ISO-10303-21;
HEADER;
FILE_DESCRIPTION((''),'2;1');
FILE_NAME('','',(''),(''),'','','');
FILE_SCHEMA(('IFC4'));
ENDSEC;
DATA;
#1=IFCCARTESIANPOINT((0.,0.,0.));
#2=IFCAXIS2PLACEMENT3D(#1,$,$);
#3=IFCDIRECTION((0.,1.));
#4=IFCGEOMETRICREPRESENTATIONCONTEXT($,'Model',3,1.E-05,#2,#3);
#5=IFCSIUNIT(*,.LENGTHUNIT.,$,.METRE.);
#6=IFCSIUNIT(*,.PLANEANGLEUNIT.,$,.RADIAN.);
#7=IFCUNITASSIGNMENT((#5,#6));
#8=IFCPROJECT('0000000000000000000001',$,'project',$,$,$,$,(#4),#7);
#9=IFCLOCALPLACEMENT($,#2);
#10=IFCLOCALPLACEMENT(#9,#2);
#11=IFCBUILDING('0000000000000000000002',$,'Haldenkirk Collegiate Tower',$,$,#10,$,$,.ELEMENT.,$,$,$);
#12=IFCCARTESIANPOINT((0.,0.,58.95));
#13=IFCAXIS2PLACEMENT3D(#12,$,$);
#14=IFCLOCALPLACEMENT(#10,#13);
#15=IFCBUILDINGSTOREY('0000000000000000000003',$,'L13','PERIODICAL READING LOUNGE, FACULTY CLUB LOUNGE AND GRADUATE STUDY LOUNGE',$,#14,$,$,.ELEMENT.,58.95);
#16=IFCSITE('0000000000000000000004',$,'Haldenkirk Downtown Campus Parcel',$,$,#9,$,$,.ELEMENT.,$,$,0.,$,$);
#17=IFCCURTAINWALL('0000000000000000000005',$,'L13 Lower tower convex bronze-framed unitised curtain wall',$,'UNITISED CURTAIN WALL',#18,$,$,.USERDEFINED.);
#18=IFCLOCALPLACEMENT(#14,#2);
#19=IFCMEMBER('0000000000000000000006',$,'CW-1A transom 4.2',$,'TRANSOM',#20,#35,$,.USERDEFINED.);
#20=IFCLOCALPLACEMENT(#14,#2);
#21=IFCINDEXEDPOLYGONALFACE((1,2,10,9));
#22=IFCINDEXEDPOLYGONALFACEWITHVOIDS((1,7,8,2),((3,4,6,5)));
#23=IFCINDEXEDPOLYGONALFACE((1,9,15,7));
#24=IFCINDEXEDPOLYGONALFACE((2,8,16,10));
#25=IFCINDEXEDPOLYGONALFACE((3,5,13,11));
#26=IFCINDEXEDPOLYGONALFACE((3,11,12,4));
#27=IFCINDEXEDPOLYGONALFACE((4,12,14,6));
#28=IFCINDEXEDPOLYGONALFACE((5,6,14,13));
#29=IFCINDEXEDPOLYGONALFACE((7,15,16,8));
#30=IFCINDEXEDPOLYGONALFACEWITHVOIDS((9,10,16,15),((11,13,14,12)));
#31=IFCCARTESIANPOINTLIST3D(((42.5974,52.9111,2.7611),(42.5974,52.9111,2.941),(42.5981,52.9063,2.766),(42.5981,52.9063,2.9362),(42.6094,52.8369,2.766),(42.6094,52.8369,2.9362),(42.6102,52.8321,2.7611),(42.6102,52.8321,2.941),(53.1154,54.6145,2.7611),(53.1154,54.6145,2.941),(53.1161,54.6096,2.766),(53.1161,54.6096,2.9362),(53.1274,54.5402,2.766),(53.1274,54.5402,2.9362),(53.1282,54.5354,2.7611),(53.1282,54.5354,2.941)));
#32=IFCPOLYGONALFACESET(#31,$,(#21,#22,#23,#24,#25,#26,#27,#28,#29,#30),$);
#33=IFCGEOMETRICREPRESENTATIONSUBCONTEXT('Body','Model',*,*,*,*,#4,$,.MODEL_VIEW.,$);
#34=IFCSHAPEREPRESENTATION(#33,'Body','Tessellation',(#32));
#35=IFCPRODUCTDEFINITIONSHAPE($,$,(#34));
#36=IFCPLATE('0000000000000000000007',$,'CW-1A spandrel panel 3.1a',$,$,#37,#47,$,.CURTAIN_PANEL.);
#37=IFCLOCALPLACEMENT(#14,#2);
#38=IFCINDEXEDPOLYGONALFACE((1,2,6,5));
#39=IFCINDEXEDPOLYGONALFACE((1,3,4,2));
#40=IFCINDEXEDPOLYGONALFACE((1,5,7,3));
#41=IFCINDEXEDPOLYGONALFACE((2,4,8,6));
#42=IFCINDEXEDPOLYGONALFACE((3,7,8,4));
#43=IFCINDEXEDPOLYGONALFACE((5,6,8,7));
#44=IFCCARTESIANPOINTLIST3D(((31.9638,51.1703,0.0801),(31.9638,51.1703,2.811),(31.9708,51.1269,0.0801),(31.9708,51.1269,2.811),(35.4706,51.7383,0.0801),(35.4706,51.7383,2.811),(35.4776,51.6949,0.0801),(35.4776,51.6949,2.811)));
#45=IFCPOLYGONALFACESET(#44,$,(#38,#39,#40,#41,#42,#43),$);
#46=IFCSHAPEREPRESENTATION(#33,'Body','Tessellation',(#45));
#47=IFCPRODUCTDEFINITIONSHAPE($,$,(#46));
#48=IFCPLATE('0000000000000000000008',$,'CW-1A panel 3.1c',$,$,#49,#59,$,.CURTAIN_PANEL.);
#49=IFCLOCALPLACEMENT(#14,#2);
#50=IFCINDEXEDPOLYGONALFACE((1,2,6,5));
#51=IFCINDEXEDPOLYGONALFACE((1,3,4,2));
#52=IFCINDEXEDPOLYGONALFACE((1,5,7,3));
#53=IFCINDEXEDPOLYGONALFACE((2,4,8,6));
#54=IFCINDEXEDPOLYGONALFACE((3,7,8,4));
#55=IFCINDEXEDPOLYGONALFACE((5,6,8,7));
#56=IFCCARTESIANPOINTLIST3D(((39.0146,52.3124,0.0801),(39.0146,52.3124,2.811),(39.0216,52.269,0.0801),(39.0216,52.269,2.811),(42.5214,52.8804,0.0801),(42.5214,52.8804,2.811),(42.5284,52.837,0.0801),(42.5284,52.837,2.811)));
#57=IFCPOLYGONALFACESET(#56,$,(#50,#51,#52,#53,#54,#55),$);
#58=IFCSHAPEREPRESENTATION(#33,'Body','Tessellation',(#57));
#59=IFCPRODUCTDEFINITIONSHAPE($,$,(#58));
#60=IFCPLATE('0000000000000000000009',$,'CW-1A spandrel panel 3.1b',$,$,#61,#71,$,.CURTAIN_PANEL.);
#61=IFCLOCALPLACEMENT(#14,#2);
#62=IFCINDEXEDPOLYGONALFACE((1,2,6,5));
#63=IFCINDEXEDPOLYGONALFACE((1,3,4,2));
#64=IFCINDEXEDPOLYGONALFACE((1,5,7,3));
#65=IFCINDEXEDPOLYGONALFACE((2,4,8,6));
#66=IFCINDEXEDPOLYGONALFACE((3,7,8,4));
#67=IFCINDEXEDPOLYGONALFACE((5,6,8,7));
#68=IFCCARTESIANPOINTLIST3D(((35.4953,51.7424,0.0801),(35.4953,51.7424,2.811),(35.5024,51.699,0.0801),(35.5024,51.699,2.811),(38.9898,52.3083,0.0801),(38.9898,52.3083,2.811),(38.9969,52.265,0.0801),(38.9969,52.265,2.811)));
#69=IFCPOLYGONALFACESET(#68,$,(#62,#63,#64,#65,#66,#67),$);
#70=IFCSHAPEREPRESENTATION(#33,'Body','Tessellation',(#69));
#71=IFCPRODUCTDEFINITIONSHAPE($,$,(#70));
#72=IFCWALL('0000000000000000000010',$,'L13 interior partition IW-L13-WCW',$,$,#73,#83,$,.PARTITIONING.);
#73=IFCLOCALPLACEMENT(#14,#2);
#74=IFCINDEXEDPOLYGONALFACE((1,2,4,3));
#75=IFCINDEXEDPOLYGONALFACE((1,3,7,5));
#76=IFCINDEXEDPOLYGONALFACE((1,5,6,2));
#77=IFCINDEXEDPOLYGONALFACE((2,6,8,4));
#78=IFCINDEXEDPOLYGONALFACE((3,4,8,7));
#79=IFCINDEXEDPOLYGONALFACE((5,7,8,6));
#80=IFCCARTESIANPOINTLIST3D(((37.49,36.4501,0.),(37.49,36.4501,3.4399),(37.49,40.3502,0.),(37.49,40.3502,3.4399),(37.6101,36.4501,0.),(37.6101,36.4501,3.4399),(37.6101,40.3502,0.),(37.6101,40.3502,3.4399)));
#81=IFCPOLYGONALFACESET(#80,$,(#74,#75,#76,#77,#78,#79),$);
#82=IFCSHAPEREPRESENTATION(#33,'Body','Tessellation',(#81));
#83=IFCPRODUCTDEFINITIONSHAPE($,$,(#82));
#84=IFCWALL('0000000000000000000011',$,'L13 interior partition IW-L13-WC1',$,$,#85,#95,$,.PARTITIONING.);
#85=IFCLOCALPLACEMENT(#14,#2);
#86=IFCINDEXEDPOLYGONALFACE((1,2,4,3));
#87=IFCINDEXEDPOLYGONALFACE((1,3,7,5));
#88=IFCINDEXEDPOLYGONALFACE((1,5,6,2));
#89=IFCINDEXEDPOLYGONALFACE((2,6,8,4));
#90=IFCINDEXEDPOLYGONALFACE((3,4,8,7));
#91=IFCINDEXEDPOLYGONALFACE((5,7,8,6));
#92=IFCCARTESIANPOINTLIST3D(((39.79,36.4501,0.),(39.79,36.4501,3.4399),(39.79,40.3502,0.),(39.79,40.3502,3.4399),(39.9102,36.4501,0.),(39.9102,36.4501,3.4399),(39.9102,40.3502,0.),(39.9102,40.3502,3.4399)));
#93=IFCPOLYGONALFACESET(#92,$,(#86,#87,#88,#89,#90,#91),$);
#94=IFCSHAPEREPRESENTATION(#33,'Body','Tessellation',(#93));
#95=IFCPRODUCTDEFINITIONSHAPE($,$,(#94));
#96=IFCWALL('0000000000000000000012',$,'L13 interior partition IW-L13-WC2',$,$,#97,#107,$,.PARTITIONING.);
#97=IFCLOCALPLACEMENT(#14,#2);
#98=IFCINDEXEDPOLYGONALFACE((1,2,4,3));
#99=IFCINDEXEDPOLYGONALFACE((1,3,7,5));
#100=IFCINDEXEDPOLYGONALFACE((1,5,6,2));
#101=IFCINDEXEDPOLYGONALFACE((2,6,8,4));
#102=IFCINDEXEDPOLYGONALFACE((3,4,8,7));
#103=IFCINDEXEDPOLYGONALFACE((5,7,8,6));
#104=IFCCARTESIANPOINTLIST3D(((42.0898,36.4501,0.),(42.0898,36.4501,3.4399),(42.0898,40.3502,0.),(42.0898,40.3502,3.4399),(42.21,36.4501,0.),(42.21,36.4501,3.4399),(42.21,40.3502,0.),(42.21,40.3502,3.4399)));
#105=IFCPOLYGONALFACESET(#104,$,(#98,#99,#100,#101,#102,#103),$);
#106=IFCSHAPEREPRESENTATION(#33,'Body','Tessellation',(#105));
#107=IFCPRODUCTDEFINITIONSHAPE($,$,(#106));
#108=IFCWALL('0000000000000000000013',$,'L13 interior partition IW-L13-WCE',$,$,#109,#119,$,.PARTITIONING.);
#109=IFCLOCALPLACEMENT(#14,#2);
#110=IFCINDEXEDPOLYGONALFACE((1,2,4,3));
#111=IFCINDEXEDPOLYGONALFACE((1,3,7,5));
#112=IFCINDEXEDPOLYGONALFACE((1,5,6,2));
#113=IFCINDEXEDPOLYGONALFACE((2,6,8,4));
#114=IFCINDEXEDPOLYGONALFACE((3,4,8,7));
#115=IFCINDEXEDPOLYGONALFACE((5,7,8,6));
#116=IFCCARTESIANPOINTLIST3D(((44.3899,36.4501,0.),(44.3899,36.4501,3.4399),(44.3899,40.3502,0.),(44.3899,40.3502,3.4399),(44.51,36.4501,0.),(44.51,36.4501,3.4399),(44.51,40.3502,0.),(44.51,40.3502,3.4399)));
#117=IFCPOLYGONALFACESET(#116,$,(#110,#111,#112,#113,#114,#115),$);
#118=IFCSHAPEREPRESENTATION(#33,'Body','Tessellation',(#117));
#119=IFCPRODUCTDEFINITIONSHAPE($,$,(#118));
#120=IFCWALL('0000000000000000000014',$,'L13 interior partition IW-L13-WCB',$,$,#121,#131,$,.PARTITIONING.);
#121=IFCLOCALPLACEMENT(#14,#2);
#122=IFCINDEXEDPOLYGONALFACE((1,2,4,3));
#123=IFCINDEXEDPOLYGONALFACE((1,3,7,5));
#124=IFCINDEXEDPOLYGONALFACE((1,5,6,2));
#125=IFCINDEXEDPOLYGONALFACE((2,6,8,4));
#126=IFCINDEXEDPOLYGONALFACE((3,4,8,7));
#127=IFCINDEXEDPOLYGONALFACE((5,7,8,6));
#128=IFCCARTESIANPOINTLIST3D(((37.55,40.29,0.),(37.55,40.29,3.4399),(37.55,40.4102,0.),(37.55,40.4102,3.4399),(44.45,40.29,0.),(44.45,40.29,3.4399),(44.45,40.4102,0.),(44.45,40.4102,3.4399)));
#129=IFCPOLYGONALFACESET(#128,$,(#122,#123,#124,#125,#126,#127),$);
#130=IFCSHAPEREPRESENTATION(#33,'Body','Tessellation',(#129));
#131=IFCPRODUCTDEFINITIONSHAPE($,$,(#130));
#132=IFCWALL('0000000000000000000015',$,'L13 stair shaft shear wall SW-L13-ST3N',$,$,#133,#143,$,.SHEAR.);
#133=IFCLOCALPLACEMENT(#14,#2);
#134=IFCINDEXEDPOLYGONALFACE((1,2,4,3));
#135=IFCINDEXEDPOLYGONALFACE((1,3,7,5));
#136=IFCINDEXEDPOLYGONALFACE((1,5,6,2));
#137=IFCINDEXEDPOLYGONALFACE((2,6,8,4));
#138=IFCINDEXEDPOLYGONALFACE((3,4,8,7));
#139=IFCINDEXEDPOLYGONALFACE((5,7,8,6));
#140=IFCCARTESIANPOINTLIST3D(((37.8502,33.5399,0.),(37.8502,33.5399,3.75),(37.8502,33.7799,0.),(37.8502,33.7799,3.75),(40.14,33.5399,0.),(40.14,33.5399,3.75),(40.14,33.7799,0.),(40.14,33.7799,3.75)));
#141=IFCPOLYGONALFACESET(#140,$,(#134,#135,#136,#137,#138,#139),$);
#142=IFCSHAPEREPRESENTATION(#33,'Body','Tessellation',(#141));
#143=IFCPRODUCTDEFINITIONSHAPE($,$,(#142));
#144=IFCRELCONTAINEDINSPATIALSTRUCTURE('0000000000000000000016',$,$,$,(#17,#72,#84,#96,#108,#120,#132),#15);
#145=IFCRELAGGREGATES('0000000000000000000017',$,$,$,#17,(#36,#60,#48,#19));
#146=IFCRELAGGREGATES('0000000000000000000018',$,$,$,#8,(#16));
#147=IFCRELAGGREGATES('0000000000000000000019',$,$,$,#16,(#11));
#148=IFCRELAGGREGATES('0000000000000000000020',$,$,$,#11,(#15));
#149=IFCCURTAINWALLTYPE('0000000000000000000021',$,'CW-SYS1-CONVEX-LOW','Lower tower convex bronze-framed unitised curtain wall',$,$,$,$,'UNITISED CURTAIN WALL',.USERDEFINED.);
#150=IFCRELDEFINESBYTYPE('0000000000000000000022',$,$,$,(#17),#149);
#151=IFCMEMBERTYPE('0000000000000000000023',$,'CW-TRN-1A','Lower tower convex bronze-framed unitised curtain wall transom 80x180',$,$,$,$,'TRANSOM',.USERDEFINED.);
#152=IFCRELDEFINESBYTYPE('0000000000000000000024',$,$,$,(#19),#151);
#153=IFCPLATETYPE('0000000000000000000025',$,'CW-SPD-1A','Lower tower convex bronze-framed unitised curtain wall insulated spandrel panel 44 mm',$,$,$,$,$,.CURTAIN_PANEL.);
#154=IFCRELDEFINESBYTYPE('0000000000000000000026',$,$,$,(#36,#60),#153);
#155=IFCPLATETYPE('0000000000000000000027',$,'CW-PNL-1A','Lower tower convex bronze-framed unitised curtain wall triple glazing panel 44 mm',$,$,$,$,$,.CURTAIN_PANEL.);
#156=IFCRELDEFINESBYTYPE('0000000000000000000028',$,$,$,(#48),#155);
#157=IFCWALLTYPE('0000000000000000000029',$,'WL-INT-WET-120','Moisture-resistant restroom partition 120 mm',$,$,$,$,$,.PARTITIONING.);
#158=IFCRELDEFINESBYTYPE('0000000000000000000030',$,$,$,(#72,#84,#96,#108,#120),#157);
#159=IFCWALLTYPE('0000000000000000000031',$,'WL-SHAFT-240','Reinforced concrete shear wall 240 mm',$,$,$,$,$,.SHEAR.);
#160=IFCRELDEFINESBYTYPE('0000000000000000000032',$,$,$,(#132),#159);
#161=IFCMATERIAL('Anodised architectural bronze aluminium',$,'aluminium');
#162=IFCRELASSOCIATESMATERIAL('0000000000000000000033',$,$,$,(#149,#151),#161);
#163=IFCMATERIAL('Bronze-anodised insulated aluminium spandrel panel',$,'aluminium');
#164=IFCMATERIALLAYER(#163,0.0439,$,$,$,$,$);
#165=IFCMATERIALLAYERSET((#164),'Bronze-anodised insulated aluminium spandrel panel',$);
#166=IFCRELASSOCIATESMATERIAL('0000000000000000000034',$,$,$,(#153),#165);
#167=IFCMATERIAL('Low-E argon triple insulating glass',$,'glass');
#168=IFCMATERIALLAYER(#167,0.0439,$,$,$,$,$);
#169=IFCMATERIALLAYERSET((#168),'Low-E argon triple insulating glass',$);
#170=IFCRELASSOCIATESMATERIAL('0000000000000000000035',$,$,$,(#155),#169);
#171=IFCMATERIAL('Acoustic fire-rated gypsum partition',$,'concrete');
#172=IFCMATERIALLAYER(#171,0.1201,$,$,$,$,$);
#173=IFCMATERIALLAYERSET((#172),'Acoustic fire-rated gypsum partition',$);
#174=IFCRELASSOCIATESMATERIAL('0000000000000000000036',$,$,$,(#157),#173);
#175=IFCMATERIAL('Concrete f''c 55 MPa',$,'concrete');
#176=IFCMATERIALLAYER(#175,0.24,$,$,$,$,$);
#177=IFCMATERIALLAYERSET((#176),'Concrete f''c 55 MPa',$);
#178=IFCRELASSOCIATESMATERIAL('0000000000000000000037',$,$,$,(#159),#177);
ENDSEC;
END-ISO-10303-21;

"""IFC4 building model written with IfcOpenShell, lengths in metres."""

from ifc_helpers import new_model, si_unit, direction, frame, frame_2d, origin, origin_2d, place, context, subcontext, project, spatial, rectangle, hollow_rectangle, extrude, source, transform, mapped, material, layer, layer_set, material_profile, profile_set, type_object, element, aggregate, save


model = new_model("IFC4")

# Units and contexts
model_context = context("Model", 3, precision=1e-05, world=origin(), true_north=direction((0.0, 1.0)))
body_context = subcontext(model_context, "Body", "Model", "MODEL_VIEW")
ifc_project = project(units=[si_unit("LENGTHUNIT", "METRE"), si_unit("PLANEANGLEUNIT", "RADIAN")], contexts=[model_context])

# Site, building, storey
site_placement = place(None, origin())
site = spatial("IfcSite", under=ifc_project, at=site_placement, Name="Haldenkirk Downtown Campus Parcel", CompositionType="ELEMENT", RefElevation=0.0)
building_placement = place(site_placement, origin())
building = spatial("IfcBuilding", under=site, at=building_placement, Name="Haldenkirk Collegiate Tower", CompositionType="ELEMENT")
storey_placement = place(building_placement, frame((0.0, 0.0, 58.95)))
storey = spatial("IfcBuildingStorey", under=building, at=storey_placement, Name="L13", Description="PERIODICAL READING LOUNGE, FACULTY CLUB LOUNGE AND GRADUATE STUDY LOUNGE", CompositionType="ELEMENT", Elevation=58.95)

# Curtain wall, member, plates
ifc_material_1 = material(Name="Anodised architectural bronze aluminium", Category="aluminium")
curtain_wall_type = type_object("IfcCurtainWallType", Name="CW-SYS1-CONVEX-LOW", Description="Lower tower convex bronze-framed unitised curtain wall", ElementType="UNITISED CURTAIN WALL", PredefinedType="USERDEFINED", material=ifc_material_1)
curtain_wall_placement = place(storey_placement, origin())
curtain_wall = element("IfcCurtainWall", 1, at=curtain_wall_placement, inside=storey, type_object=curtain_wall_type, Name="L13 Lower tower convex bronze-framed unitised curtain wall", ObjectType="UNITISED CURTAIN WALL", PredefinedType="USERDEFINED")
ifc_material_profile_1 = material_profile(ifc_material_1, hollow_rectangle(XDim=0.0801, YDim=0.1799, WallThickness=0.0049, at=origin_2d()), Name="CW-TRN-1A")
ifc_profile_set_1 = profile_set([ifc_material_profile_1], Name="Anodised architectural bronze aluminium")
member_type_1 = type_object("IfcMemberType", Name="CW-TRN-1A", Description="Lower tower convex bronze-framed unitised curtain wall transom 80x180", ElementType="TRANSOM", PredefinedType="USERDEFINED", material=ifc_profile_set_1)
member_1_placement = place(storey_placement, frame((42.6038, 52.8716, 2.8511), z_axis=(0.987139, 0.159864, 0.0), x_axis=(-0.159864, 0.987139, 0.0)))
member_1 = element("IfcMember", 2, at=member_1_placement, type_object=member_type_1, Name="CW-1A transom 4.2", ObjectType="TRANSOM", PredefinedType="USERDEFINED", context=body_context, shape_type="SweptSolid", body=[
    extrude(hollow_rectangle(XDim=0.0801, YDim=0.1799, WallThickness=0.0049, at=origin_2d()), origin(), (0.0, 0.0, 1.0), 10.655),
])
ifc_material_2 = material(Name="Bronze-anodised insulated aluminium spandrel panel", Category="aluminium")
ifc_layer_1 = layer(ifc_material_2, 0.0439)
ifc_layer_set_1 = layer_set([ifc_layer_1], Name="Bronze-anodised insulated aluminium spandrel panel")
plate_type_1 = type_object("IfcPlateType", Name="CW-SPD-1A", Description="Lower tower convex bronze-framed unitised curtain wall insulated spandrel panel 44 mm", PredefinedType="CURTAIN_PANEL", material=ifc_layer_set_1)
shared_shape_1 = source(origin(), body_context, "Body", "SweptSolid", [
    extrude(rectangle(XDim=3.5525, YDim=0.0439, at=origin_2d()), origin(), (0.0, 0.0, 1.0), 2.731),
])
plate_1_placement = place(storey_placement, frame((33.7207, 51.4326, 0.0801), z_axis=(0.0, 0.0, 1.0), x_axis=(0.987136, 0.159881, 0.0)))
plate_1 = element("IfcPlate", 3, at=plate_1_placement, type_object=plate_type_1, Name="CW-1A spandrel panel 3.1a", PredefinedType="CURTAIN_PANEL", context=body_context, shape_type="MappedRepresentation", body=[
    mapped(shared_shape_1, transform((0.0, 0.0, 0.0), x_axis=(1.0, 0.0, 0.0), y_axis=(0.0, 1.0, 0.0), z_axis=(0.0, 0.0, 1.0), scale=1.0)),
])
ifc_material_3 = material(Name="Low-E argon triple insulating glass", Category="glass")
ifc_layer_2 = layer(ifc_material_3, 0.0439)
ifc_layer_set_2 = layer_set([ifc_layer_2], Name="Low-E argon triple insulating glass")
plate_type_2 = type_object("IfcPlateType", Name="CW-PNL-1A", Description="Lower tower convex bronze-framed unitised curtain wall triple glazing panel 44 mm", PredefinedType="CURTAIN_PANEL", material=ifc_layer_set_2)
plate_2_placement = place(storey_placement, frame((40.7715, 52.5747, 0.0801), z_axis=(0.0, 0.0, 1.0), x_axis=(0.987136, 0.159881, 0.0)))
plate_2 = element("IfcPlate", 4, at=plate_2_placement, type_object=plate_type_2, Name="CW-1A panel 3.1c", PredefinedType="CURTAIN_PANEL", context=body_context, shape_type="MappedRepresentation", body=[
    mapped(shared_shape_1, transform((0.0, 0.0, 0.0), x_axis=(1.0, 0.0, 0.0), y_axis=(0.0, 1.0, 0.0), z_axis=(0.0, 0.0, 1.0), scale=1.0)),
])
shared_shape_2 = source(origin(), body_context, "Body", "SweptSolid", [
    extrude(rectangle(XDim=3.54, YDim=0.0439, at=origin_2d()), origin(), (0.0, 0.0, 1.0), 2.731),
])
plate_3_placement = place(storey_placement, frame((37.2461, 52.0037, 0.0801), z_axis=(0.0, 0.0, 1.0), x_axis=(0.987136, 0.159881, 0.0)))
plate_3 = element("IfcPlate", 5, at=plate_3_placement, type_object=plate_type_1, Name="CW-1A spandrel panel 3.1b", PredefinedType="CURTAIN_PANEL", context=body_context, shape_type="MappedRepresentation", body=[
    mapped(shared_shape_2, transform((0.0, 0.0, 0.0), x_axis=(1.0, 0.0, 0.0), y_axis=(0.0, 1.0, 0.0), z_axis=(0.0, 0.0, 1.0), scale=1.0)),
])
aggregate(curtain_wall, [plate_1, plate_3, plate_2, member_1])

# Walls
ifc_material_4 = material(Name="Acoustic fire-rated gypsum partition", Category="concrete")
ifc_layer_3 = layer(ifc_material_4, 0.1201)
ifc_layer_set_3 = layer_set([ifc_layer_3], Name="Acoustic fire-rated gypsum partition")
wall_type_1 = type_object("IfcWallType", Name="WL-INT-WET-120", Description="Moisture-resistant restroom partition 120 mm", PredefinedType="PARTITIONING", material=ifc_layer_set_3)
for number, where, z_axis, x_axis, name in (
    (6, (37.55, 36.45, 0.0), (0.0, 0.0, 1.0), (0.0, 1.0, 0.0), "L13 interior partition IW-L13-WCW"),
    (7, (39.8501, 36.45, 0.0), (0.0, 0.0, 1.0), (0.0, 1.0, 0.0), "L13 interior partition IW-L13-WC1"),
    (8, (42.1499, 36.45, 0.0), (0.0, 0.0, 1.0), (0.0, 1.0, 0.0), "L13 interior partition IW-L13-WC2"),
    (9, (44.45, 36.45, 0.0), (0.0, 0.0, 1.0), (0.0, 1.0, 0.0), "L13 interior partition IW-L13-WCE"),
):
    element("IfcWall", number, at=place(storey_placement, frame(where, z_axis=z_axis, x_axis=x_axis)), inside=storey, type_object=wall_type_1, Name=name, PredefinedType="PARTITIONING", context=body_context, shape_type="SweptSolid", body=[
        extrude(rectangle(XDim=3.9001, YDim=0.1201, at=frame_2d((1.9502, 0.0))), origin(), (0.0, 0.0, 1.0), 3.4399),
    ])
wall_1_placement = place(storey_placement, frame((37.55, 40.3501, 0.0), z_axis=(0.0, 0.0, 1.0), x_axis=(1.0, 0.0, 0.0)))
element("IfcWall", 10, at=wall_1_placement, inside=storey, type_object=wall_type_1, Name="L13 interior partition IW-L13-WCB", PredefinedType="PARTITIONING", context=body_context, shape_type="SweptSolid", body=[
    extrude(rectangle(XDim=6.8999, YDim=0.1201, at=frame_2d((3.45, 0.0))), origin(), (0.0, 0.0, 1.0), 3.4399),
])
ifc_material_5 = material(Name="Concrete f'c 55 MPa", Category="concrete")
ifc_layer_4 = layer(ifc_material_5, 0.24)
ifc_layer_set_4 = layer_set([ifc_layer_4], Name="Concrete f'c 55 MPa")
wall_type_2 = type_object("IfcWallType", Name="WL-SHAFT-240", Description="Reinforced concrete shear wall 240 mm", PredefinedType="SHEAR", material=ifc_layer_set_4)
wall_2_placement = place(storey_placement, frame((37.8501, 33.6599, 0.0), z_axis=(0.0, 0.0, 1.0), x_axis=(1.0, 0.0, 0.0)))
element("IfcWall", 11, at=wall_2_placement, inside=storey, type_object=wall_type_2, Name="L13 stair shaft shear wall SW-L13-ST3N", PredefinedType="SHEAR", context=body_context, shape_type="SweptSolid", body=[
    extrude(rectangle(XDim=2.2898, YDim=0.24, at=frame_2d((1.145, 0.0))), origin(), (0.0, 0.0, 1.0), 3.75),
])

save(model, "model.ifc")
